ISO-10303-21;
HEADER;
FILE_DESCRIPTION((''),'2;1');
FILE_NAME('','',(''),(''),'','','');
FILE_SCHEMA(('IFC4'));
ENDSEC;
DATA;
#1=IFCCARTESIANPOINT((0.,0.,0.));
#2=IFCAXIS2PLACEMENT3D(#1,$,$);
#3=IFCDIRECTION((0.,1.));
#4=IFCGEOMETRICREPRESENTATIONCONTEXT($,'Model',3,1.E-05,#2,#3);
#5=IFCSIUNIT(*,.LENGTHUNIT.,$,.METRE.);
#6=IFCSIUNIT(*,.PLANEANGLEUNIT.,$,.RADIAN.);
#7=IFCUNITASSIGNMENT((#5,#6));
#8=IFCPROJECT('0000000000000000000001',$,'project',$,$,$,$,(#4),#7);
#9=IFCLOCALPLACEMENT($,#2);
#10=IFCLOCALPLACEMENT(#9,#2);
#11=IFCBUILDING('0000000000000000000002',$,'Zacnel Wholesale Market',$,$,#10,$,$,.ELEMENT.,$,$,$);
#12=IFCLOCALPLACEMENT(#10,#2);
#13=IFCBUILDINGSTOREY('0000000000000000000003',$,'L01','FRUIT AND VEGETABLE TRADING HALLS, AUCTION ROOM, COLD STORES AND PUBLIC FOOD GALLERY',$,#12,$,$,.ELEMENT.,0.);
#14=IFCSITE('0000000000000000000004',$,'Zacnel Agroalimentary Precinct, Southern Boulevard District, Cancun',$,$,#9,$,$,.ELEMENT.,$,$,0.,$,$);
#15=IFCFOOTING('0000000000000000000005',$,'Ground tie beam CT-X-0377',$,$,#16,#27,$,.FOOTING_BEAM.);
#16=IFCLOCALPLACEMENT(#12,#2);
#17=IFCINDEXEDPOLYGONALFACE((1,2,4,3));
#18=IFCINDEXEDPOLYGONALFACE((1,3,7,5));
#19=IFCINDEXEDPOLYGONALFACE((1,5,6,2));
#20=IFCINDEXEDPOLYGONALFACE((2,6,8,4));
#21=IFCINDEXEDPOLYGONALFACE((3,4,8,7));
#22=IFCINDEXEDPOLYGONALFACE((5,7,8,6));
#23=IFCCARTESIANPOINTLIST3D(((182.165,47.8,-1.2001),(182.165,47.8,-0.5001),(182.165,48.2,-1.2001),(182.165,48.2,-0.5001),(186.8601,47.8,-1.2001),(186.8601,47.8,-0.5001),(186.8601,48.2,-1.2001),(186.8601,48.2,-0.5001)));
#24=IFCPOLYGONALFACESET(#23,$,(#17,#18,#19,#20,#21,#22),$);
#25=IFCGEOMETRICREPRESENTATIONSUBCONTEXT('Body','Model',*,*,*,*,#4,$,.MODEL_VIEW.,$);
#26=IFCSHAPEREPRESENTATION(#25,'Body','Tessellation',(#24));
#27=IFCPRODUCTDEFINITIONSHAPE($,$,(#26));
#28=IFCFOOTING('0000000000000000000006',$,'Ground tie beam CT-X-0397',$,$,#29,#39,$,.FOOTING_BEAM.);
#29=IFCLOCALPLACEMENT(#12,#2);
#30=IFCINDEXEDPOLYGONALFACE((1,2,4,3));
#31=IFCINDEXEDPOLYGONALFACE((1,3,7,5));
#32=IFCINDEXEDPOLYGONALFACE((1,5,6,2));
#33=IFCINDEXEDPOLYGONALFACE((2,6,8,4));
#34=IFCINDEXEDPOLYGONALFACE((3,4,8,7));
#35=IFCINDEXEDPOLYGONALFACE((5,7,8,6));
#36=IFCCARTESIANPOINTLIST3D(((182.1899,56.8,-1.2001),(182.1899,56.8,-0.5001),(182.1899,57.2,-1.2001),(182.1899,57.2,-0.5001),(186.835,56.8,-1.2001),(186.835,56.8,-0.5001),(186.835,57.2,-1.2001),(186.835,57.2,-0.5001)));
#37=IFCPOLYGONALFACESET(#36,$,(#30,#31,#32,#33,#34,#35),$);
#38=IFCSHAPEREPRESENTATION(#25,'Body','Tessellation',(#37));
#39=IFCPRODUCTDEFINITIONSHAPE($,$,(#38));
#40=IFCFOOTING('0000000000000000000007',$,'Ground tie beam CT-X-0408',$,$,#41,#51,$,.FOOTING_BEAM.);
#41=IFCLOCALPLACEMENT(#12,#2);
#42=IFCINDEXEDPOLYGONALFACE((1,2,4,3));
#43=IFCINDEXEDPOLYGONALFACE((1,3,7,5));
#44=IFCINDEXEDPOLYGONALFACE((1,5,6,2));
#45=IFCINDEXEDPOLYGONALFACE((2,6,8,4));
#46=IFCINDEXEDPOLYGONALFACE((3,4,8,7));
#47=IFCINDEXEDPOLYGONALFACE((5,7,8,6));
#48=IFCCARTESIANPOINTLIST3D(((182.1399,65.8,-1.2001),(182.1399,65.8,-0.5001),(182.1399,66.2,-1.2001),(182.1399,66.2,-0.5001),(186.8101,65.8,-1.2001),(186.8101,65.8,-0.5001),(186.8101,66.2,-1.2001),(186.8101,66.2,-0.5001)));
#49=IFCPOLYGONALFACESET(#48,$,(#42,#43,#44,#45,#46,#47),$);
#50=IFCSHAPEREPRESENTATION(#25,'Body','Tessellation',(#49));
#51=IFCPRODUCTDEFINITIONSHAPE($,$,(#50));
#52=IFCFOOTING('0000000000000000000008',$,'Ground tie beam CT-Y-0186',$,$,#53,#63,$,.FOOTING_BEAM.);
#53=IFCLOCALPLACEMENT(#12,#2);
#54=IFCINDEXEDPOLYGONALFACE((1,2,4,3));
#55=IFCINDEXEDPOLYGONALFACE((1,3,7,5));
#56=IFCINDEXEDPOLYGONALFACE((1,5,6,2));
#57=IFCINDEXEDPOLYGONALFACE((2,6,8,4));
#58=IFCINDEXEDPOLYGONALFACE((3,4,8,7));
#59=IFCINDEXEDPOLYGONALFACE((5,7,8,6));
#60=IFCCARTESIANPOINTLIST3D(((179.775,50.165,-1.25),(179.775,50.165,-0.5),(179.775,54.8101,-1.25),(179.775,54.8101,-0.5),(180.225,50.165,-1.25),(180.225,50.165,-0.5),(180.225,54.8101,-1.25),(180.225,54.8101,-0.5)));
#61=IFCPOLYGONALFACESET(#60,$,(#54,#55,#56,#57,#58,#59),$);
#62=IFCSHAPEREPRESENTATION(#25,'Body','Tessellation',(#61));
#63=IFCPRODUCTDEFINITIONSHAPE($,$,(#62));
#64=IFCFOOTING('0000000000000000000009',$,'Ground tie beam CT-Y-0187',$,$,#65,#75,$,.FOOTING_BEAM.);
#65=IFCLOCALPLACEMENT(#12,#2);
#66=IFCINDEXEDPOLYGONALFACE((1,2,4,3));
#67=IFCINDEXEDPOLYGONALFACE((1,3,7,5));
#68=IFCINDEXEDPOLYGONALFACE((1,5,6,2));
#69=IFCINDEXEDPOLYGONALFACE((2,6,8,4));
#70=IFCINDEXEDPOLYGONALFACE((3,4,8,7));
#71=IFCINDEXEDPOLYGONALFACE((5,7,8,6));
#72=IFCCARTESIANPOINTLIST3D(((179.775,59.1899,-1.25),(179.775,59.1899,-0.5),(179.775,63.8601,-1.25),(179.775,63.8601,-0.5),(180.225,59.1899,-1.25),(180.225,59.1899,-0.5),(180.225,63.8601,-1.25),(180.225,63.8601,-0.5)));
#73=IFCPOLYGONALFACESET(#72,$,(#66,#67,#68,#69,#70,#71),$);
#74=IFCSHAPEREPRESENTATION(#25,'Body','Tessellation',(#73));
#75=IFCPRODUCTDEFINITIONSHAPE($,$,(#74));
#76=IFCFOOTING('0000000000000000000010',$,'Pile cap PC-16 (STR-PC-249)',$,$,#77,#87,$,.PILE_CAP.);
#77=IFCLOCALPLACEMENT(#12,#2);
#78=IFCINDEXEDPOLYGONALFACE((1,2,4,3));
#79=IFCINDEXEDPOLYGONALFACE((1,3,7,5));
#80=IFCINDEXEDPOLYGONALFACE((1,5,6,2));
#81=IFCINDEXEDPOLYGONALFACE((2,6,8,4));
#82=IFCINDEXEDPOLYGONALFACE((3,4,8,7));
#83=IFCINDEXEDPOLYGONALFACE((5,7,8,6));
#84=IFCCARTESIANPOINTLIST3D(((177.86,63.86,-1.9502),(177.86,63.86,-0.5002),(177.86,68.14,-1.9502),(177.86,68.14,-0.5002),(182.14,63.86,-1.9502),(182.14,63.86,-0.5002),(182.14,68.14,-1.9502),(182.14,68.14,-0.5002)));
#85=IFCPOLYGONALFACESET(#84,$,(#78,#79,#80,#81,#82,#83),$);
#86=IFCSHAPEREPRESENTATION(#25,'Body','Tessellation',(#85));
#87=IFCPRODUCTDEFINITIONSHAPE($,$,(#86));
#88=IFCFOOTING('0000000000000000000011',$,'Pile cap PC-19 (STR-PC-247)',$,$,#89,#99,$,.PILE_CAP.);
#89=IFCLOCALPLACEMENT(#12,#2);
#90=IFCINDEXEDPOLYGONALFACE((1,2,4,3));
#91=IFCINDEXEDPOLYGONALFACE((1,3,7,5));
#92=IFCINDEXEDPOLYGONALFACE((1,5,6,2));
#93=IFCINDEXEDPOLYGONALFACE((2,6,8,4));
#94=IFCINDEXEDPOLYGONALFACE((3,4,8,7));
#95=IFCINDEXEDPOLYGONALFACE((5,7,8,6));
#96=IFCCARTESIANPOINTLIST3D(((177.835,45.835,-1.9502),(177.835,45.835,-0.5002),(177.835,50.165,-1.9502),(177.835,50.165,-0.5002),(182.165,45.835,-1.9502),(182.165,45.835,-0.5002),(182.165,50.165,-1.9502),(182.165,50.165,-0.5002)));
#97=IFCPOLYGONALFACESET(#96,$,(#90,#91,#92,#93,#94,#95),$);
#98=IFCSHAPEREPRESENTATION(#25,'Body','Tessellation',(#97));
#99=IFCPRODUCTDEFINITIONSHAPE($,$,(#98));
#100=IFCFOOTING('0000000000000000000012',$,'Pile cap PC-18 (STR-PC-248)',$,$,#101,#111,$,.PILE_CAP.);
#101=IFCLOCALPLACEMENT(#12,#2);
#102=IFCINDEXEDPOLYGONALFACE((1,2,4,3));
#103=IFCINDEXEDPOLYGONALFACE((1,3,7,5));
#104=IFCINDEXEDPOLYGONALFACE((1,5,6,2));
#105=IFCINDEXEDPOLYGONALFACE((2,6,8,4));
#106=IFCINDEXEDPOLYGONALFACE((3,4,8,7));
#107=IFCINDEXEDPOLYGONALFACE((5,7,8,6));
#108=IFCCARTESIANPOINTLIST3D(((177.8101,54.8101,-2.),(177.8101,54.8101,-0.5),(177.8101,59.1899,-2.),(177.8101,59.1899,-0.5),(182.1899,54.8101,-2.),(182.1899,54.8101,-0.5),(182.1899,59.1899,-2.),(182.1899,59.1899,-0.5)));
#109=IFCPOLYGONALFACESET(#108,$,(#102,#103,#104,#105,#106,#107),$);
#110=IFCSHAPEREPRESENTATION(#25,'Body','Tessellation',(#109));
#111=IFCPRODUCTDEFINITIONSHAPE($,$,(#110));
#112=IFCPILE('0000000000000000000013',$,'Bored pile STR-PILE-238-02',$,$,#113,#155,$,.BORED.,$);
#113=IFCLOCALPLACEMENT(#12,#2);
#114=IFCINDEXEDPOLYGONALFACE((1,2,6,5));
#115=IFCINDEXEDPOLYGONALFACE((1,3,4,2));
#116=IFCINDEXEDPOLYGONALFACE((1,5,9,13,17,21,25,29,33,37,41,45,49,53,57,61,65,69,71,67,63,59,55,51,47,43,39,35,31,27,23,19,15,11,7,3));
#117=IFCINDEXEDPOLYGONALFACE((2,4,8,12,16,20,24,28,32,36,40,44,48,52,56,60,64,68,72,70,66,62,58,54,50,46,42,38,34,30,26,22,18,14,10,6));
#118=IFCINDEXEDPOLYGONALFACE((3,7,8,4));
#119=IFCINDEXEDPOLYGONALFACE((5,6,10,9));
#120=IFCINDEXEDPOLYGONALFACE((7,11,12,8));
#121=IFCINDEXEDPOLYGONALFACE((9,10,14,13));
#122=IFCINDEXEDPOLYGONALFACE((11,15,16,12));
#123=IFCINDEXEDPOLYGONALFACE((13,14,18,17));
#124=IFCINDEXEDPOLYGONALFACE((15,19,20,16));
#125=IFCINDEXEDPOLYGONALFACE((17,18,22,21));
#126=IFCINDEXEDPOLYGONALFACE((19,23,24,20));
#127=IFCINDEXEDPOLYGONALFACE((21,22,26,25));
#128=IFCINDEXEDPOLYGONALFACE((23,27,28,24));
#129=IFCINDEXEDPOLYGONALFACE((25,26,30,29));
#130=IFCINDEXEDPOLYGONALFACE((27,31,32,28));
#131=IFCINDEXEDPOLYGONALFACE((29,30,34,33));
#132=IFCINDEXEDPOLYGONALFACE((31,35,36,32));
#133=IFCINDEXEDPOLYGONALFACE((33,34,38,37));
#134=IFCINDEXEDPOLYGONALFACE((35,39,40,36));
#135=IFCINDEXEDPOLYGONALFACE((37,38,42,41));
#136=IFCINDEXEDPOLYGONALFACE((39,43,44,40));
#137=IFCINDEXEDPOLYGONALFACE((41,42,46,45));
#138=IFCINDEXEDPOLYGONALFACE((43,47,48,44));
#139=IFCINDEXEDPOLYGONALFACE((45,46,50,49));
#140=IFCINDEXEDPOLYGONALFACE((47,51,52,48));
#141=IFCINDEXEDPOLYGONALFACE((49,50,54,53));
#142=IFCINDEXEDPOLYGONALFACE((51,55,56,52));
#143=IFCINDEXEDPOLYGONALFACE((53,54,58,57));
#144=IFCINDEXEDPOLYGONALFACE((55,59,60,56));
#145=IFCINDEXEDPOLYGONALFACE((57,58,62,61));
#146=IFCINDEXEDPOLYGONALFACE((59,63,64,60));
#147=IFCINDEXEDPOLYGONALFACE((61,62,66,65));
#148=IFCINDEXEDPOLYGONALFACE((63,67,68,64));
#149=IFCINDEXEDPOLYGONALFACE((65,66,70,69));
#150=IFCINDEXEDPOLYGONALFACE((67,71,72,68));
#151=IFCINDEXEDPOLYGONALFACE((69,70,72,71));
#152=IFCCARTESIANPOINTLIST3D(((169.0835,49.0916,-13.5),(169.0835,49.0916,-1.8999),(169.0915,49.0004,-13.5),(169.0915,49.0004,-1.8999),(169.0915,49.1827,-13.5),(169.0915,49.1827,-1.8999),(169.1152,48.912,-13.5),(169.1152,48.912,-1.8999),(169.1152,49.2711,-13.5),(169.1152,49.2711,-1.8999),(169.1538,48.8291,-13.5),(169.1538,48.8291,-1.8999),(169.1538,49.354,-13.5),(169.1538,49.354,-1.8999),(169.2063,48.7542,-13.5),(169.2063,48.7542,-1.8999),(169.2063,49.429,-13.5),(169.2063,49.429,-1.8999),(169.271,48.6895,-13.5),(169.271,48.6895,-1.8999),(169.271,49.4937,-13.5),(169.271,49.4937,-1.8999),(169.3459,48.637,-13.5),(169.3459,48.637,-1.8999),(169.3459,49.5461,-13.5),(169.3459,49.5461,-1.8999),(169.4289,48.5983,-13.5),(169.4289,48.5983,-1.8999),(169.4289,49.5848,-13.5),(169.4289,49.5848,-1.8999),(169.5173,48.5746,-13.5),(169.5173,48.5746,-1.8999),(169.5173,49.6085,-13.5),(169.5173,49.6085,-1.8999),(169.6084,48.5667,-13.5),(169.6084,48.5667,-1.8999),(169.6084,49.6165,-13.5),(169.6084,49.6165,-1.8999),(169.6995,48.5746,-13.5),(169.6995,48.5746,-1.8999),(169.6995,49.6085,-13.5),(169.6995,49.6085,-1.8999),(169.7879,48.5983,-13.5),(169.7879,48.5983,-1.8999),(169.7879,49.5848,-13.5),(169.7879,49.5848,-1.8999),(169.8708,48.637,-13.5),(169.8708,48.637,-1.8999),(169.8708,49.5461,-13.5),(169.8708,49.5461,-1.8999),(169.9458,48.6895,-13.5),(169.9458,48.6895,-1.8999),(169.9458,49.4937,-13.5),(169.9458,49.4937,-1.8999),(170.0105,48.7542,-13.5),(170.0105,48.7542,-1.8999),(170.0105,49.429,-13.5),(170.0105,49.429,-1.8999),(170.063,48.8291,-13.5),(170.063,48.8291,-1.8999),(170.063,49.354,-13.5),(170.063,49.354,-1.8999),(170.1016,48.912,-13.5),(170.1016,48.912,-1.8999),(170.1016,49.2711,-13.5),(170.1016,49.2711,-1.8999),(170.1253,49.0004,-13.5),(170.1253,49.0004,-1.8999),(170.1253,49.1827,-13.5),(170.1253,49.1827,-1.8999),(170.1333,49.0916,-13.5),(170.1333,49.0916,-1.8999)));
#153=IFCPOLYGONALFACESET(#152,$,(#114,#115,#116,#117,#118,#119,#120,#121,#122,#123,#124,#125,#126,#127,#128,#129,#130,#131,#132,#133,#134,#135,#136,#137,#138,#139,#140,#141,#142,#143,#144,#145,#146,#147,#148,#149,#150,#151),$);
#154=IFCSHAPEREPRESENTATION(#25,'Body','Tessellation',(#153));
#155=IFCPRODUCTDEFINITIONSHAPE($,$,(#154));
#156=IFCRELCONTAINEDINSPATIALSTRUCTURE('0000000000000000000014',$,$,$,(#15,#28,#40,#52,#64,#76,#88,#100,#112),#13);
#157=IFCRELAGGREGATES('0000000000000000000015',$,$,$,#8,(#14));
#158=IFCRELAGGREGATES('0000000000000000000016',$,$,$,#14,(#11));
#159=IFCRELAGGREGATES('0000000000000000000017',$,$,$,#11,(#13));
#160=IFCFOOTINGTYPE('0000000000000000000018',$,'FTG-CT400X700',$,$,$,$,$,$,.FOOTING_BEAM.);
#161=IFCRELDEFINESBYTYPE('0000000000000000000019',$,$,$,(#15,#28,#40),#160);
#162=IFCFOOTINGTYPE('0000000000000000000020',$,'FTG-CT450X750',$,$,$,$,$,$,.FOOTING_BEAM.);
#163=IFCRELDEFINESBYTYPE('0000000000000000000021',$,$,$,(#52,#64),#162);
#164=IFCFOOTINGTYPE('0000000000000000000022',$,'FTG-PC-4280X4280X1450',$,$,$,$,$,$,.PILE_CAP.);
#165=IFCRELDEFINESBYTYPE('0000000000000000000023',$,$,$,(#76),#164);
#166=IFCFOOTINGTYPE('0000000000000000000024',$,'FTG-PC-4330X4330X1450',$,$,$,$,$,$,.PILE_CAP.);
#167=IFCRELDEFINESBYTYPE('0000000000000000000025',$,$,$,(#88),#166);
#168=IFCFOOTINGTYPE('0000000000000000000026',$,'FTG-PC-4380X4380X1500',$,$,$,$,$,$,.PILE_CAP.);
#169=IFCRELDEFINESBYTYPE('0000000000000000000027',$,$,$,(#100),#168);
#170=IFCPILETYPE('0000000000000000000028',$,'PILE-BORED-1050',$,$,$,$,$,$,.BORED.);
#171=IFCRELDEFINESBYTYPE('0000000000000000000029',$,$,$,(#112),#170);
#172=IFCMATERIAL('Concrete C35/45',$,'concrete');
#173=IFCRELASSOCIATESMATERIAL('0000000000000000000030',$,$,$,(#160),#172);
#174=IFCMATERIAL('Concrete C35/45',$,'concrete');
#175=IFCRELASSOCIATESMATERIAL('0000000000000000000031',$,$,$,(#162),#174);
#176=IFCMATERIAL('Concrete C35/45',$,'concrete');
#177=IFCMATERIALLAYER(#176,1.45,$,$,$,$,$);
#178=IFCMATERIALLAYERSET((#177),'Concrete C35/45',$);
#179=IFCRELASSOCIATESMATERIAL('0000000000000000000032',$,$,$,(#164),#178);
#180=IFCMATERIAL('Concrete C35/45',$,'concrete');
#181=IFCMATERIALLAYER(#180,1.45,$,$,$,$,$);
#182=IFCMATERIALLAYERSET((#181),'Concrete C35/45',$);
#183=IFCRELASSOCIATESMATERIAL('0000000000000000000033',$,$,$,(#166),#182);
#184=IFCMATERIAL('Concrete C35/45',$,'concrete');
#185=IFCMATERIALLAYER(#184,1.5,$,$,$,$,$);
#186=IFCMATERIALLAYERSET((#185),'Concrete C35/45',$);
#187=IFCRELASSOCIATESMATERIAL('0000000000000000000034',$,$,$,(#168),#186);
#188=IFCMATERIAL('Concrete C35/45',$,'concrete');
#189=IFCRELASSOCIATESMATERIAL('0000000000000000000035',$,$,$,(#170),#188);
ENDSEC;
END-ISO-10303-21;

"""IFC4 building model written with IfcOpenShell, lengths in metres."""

from ifc_helpers import new_model, si_unit, direction, frame, origin, origin_2d, place, context, subcontext, project, spatial, rectangle, circle, extrude, material, layer, layer_set, material_profile, profile_set, type_object, element, save


model = new_model("IFC4")

# Units and contexts
model_context = context("Model", 3, precision=1e-05, world=origin(), true_north=direction((0.0, 1.0)))
body_context = subcontext(model_context, "Body", "Model", "MODEL_VIEW")
ifc_project = project(units=[si_unit("LENGTHUNIT", "METRE"), si_unit("PLANEANGLEUNIT", "RADIAN")], contexts=[model_context])

# Site, building, storey
site_placement = place(None, origin())
site = spatial("IfcSite", under=ifc_project, at=site_placement, Name="Zacnel Agroalimentary Precinct, Southern Boulevard District, Cancun", CompositionType="ELEMENT", RefElevation=0.0)
building_placement = place(site_placement, origin())
building = spatial("IfcBuilding", under=site, at=building_placement, Name="Zacnel Wholesale Market", CompositionType="ELEMENT")
storey_placement = place(building_placement, origin())
storey = spatial("IfcBuildingStorey", under=building, at=storey_placement, Name="L01", Description="FRUIT AND VEGETABLE TRADING HALLS, AUCTION ROOM, COLD STORES AND PUBLIC FOOD GALLERY", CompositionType="ELEMENT", Elevation=0.0)

# Footings
ifc_material_1 = material(Name="Concrete C35/45", Category="concrete")
ifc_material_profile_1 = material_profile(ifc_material_1, rectangle(XDim=0.3999, YDim=0.7, at=origin_2d()), Name="CT 400x700")
ifc_profile_set_1 = profile_set([ifc_material_profile_1], Name="Concrete C35/45")
footing_type_1 = type_object("IfcFootingType", Name="FTG-CT400X700", PredefinedType="FOOTING_BEAM", material=ifc_profile_set_1)
footing_1_placement = place(storey_placement, frame((182.165, 48.0, -0.8501), z_axis=(1.0, 0.0, 0.0), x_axis=(0.0, 1.0, 0.0)))
element("IfcFooting", 1, at=footing_1_placement, inside=storey, type_object=footing_type_1, Name="Ground tie beam CT-X-0377", PredefinedType="FOOTING_BEAM", context=body_context, shape_type="SweptSolid", body=[
    extrude(rectangle(XDim=0.3999, YDim=0.7, at=origin_2d()), origin(), (0.0, 0.0, 1.0), 4.6951),
])
footing_2_placement = place(storey_placement, frame((182.1899, 57.0, -0.8501), z_axis=(1.0, 0.0, 0.0), x_axis=(0.0, 1.0, 0.0)))
element("IfcFooting", 2, at=footing_2_placement, inside=storey, type_object=footing_type_1, Name="Ground tie beam CT-X-0397", PredefinedType="FOOTING_BEAM", context=body_context, shape_type="SweptSolid", body=[
    extrude(rectangle(XDim=0.3999, YDim=0.7, at=origin_2d()), origin(), (0.0, 0.0, 1.0), 4.645),
])
footing_3_placement = place(storey_placement, frame((182.1399, 66.0, -0.8501), z_axis=(1.0, 0.0, 0.0), x_axis=(0.0, 1.0, 0.0)))
element("IfcFooting", 3, at=footing_3_placement, inside=storey, type_object=footing_type_1, Name="Ground tie beam CT-X-0408", PredefinedType="FOOTING_BEAM", context=body_context, shape_type="SweptSolid", body=[
    extrude(rectangle(XDim=0.3999, YDim=0.7, at=origin_2d()), origin(), (0.0, 0.0, 1.0), 4.6702),
])
ifc_material_2 = material(Name="Concrete C35/45", Category="concrete")
ifc_material_profile_2 = material_profile(ifc_material_2, rectangle(XDim=0.45, YDim=0.75, at=origin_2d()), Name="CT 450x750")
ifc_profile_set_2 = profile_set([ifc_material_profile_2], Name="Concrete C35/45")
footing_type_2 = type_object("IfcFootingType", Name="FTG-CT450X750", PredefinedType="FOOTING_BEAM", material=ifc_profile_set_2)
footing_4_placement = place(storey_placement, frame((180.0, 50.165, -0.875), z_axis=(0.0, 1.0, 0.0), x_axis=(-1.0, 0.0, 0.0)))
element("IfcFooting", 4, at=footing_4_placement, inside=storey, type_object=footing_type_2, Name="Ground tie beam CT-Y-0186", PredefinedType="FOOTING_BEAM", context=body_context, shape_type="SweptSolid", body=[
    extrude(rectangle(XDim=0.45, YDim=0.75, at=origin_2d()), origin(), (0.0, 0.0, 1.0), 4.645),
])
footing_5_placement = place(storey_placement, frame((180.0, 59.1899, -0.875), z_axis=(0.0, 1.0, 0.0), x_axis=(-1.0, 0.0, 0.0)))
element("IfcFooting", 5, at=footing_5_placement, inside=storey, type_object=footing_type_2, Name="Ground tie beam CT-Y-0187", PredefinedType="FOOTING_BEAM", context=body_context, shape_type="SweptSolid", body=[
    extrude(rectangle(XDim=0.45, YDim=0.75, at=origin_2d()), origin(), (0.0, 0.0, 1.0), 4.6702),
])
ifc_material_3 = material(Name="Concrete C35/45", Category="concrete")
ifc_layer_1 = layer(ifc_material_3, 1.45)
ifc_layer_set_1 = layer_set([ifc_layer_1], Name="Concrete C35/45")
footing_type_3 = type_object("IfcFootingType", Name="FTG-PC-4280X4280X1450", PredefinedType="PILE_CAP", material=ifc_layer_set_1)
footing_6_placement = place(storey_placement, frame((180.0, 66.0, -1.9502), z_axis=(0.0, 0.0, 1.0), x_axis=(1.0, 0.0, 0.0)))
element("IfcFooting", 6, at=footing_6_placement, inside=storey, type_object=footing_type_3, Name="Pile cap PC-16 (STR-PC-249)", PredefinedType="PILE_CAP", context=body_context, shape_type="SweptSolid", body=[
    extrude(rectangle(XDim=4.28, YDim=4.28, at=origin_2d()), origin(), (0.0, 0.0, 1.0), 1.45),
])
ifc_material_4 = material(Name="Concrete C35/45", Category="concrete")
ifc_layer_2 = layer(ifc_material_4, 1.45)
ifc_layer_set_2 = layer_set([ifc_layer_2], Name="Concrete C35/45")
footing_type_4 = type_object("IfcFootingType", Name="FTG-PC-4330X4330X1450", PredefinedType="PILE_CAP", material=ifc_layer_set_2)
footing_7_placement = place(storey_placement, frame((180.0, 48.0, -1.9502), z_axis=(0.0, 0.0, 1.0), x_axis=(1.0, 0.0, 0.0)))
element("IfcFooting", 7, at=footing_7_placement, inside=storey, type_object=footing_type_4, Name="Pile cap PC-19 (STR-PC-247)", PredefinedType="PILE_CAP", context=body_context, shape_type="SweptSolid", body=[
    extrude(rectangle(XDim=4.3301, YDim=4.3301, at=origin_2d()), origin(), (0.0, 0.0, 1.0), 1.45),
])
ifc_material_5 = material(Name="Concrete C35/45", Category="concrete")
ifc_layer_3 = layer(ifc_material_5, 1.5)
ifc_layer_set_3 = layer_set([ifc_layer_3], Name="Concrete C35/45")
footing_type_5 = type_object("IfcFootingType", Name="FTG-PC-4380X4380X1500", PredefinedType="PILE_CAP", material=ifc_layer_set_3)
footing_8_placement = place(storey_placement, frame((180.0, 57.0, -2.0), z_axis=(0.0, 0.0, 1.0), x_axis=(1.0, 0.0, 0.0)))
element("IfcFooting", 8, at=footing_8_placement, inside=storey, type_object=footing_type_5, Name="Pile cap PC-18 (STR-PC-248)", PredefinedType="PILE_CAP", context=body_context, shape_type="SweptSolid", body=[
    extrude(rectangle(XDim=4.3799, YDim=4.3799, at=origin_2d()), origin(), (0.0, 0.0, 1.0), 1.5),
])

# Pile
ifc_material_6 = material(Name="Concrete C35/45", Category="concrete")
ifc_material_profile_3 = material_profile(ifc_material_6, circle(Radius=0.5249, at=origin_2d()), Name="BORED PILE D1050")
ifc_profile_set_3 = profile_set([ifc_material_profile_3], Name="Concrete C35/45")
pile_type = type_object("IfcPileType", Name="PILE-BORED-1050", PredefinedType="BORED", material=ifc_profile_set_3)
for number, where, z_axis, x_axis, name in (
    (9, (169.6084, 49.0916, -1.8999), (0.0, 0.0, -1.0), (1.0, 0.0, 0.0), "Bored pile STR-PILE-238-02"),
):
    element("IfcPile", number, at=place(storey_placement, frame(where, z_axis=z_axis, x_axis=x_axis)), inside=storey, type_object=pile_type, Name=name, PredefinedType="BORED", context=body_context, shape_type="SweptSolid", body=[
        extrude(circle(Radius=0.5249, at=origin_2d()), origin(), (0.0, 0.0, 1.0), 11.6001),
    ])

save(model, "model.ifc")
